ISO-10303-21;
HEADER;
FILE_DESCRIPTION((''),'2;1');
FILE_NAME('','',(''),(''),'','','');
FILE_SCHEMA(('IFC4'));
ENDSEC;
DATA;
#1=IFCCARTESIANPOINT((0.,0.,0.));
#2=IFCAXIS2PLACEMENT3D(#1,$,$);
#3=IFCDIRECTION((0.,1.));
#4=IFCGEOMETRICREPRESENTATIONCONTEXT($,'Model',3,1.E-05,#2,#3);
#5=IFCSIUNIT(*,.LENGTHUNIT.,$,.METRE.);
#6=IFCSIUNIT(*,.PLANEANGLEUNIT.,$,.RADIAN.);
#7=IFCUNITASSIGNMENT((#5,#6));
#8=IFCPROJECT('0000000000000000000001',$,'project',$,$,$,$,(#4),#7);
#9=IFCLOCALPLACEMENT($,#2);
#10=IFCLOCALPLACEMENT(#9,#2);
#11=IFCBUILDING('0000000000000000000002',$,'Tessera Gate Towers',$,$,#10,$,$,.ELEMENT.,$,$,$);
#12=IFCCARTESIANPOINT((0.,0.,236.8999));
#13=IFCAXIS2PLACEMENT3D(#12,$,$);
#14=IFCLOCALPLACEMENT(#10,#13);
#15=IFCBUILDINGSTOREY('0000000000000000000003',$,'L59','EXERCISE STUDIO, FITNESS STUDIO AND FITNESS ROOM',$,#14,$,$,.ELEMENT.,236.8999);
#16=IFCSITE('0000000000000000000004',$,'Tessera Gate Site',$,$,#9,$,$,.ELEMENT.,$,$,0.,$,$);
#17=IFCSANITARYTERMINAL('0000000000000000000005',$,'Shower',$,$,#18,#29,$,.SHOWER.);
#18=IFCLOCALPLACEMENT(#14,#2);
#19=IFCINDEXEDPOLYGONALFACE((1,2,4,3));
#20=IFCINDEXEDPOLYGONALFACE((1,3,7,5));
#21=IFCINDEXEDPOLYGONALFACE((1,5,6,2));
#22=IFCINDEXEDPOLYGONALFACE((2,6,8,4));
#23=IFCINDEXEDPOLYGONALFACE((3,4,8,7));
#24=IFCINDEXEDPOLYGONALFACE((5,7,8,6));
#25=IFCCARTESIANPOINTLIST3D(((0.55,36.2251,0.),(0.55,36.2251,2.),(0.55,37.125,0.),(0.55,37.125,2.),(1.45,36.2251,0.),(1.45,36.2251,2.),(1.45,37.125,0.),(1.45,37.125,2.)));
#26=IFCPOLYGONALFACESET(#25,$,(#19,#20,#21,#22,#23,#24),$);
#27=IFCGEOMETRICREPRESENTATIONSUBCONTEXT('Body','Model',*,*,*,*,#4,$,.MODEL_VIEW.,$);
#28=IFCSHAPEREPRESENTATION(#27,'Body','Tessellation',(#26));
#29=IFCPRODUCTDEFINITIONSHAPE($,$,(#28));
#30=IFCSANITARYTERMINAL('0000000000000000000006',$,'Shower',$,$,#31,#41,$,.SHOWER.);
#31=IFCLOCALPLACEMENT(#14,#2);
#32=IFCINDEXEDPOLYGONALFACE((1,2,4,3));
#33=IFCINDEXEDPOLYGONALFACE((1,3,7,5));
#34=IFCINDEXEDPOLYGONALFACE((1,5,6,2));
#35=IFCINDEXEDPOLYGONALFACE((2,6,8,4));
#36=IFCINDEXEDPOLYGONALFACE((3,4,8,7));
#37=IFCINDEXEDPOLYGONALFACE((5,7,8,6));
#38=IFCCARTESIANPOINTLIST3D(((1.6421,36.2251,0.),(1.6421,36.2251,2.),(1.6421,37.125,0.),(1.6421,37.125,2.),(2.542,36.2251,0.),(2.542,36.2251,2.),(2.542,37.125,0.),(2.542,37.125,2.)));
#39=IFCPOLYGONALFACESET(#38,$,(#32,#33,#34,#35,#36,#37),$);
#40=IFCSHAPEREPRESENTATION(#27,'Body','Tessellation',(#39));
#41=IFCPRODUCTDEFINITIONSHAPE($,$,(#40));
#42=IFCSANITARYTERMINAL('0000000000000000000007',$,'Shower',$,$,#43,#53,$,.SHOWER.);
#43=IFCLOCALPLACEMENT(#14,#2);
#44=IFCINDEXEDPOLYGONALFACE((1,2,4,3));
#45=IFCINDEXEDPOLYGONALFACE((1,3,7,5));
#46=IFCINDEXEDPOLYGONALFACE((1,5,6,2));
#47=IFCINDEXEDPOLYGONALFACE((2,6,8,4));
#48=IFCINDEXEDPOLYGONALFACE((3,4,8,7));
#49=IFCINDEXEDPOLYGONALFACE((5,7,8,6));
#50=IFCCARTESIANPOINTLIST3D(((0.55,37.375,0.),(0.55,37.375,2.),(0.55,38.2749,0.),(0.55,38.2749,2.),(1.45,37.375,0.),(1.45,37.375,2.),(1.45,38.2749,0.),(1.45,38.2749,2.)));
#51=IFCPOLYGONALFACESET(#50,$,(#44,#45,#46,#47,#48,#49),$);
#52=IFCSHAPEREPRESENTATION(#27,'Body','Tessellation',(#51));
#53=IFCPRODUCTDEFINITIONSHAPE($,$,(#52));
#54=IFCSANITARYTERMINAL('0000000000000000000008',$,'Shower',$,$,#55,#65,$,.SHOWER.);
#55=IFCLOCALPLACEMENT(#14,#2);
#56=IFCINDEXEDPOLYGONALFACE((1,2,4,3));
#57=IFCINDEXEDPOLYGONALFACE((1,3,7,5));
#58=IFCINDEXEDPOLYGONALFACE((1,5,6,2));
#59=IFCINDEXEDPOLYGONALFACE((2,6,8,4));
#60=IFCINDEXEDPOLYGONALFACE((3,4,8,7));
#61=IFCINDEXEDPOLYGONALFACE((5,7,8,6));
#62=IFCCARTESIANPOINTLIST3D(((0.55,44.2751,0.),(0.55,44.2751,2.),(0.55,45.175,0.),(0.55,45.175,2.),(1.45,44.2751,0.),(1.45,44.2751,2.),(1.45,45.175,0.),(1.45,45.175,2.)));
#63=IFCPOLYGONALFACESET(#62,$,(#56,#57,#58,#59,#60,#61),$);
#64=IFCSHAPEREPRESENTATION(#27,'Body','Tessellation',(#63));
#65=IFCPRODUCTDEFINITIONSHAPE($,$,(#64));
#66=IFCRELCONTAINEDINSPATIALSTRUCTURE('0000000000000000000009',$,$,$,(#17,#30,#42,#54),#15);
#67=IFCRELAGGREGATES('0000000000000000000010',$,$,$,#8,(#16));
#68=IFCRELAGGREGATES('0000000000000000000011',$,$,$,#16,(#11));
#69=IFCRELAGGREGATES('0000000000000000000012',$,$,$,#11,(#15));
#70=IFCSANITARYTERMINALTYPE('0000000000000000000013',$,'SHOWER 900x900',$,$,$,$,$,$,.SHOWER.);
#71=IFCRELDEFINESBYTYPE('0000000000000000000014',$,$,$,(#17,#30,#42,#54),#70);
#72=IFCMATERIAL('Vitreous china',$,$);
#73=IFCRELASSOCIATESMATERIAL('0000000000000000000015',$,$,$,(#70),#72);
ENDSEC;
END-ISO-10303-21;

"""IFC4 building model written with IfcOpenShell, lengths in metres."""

from ifc_helpers import new_model, si_unit, direction, frame, origin, origin_2d, place, context, subcontext, project, spatial, rectangle, extrude, material, type_object, element, save


model = new_model("IFC4")

# Units and contexts
model_context = context("Model", 3, precision=1e-05, world=origin(), true_north=direction((0.0, 1.0)))
body_context = subcontext(model_context, "Body", "Model", "MODEL_VIEW")
ifc_project = project(units=[si_unit("LENGTHUNIT", "METRE"), si_unit("PLANEANGLEUNIT", "RADIAN")], contexts=[model_context])

# Site, building, storey
site_placement = place(None, origin())
site = spatial("IfcSite", under=ifc_project, at=site_placement, Name="Tessera Gate Site", CompositionType="ELEMENT", RefElevation=0.0)
building_placement = place(site_placement, origin())
building = spatial("IfcBuilding", under=site, at=building_placement, Name="Tessera Gate Towers", CompositionType="ELEMENT")
storey_placement = place(building_placement, frame((0.0, 0.0, 236.8999)))
storey = spatial("IfcBuildingStorey", under=building, at=storey_placement, Name="L59", Description="EXERCISE STUDIO, FITNESS STUDIO AND FITNESS ROOM", CompositionType="ELEMENT", Elevation=236.8999)

# Sanitary terminals
ifc_material_1 = material(Name="Vitreous china")
sanitary_terminal_type_1 = type_object("IfcSanitaryTerminalType", Name="SHOWER 900x900", PredefinedType="SHOWER", material=ifc_material_1)
for number, where, z_axis, x_axis, name in (
    (1, (1.0, 36.675, 0.0), (0.0, 0.0, 1.0), (1.0, 0.0, 0.0), "Shower"),
    (2, (2.092, 36.675, 0.0), (0.0, 0.0, 1.0), (1.0, 0.0, 0.0), "Shower"),
    (3, (1.0, 37.825, 0.0), (0.0, 0.0, 1.0), (1.0, 0.0, 0.0), "Shower"),
    (4, (1.0, 44.7251, 0.0), (0.0, 0.0, 1.0), (1.0, 0.0, 0.0), "Shower"),
):
    element("IfcSanitaryTerminal", number, at=place(storey_placement, frame(where, z_axis=z_axis, x_axis=x_axis)), inside=storey, type_object=sanitary_terminal_type_1, Name=name, PredefinedType="SHOWER", context=body_context, shape_type="SweptSolid", body=[
        extrude(rectangle(XDim=0.8999, YDim=0.8999, at=origin_2d()), origin(), (0.0, 0.0, 1.0), 2.0),
    ])

save(model, "model.ifc")
